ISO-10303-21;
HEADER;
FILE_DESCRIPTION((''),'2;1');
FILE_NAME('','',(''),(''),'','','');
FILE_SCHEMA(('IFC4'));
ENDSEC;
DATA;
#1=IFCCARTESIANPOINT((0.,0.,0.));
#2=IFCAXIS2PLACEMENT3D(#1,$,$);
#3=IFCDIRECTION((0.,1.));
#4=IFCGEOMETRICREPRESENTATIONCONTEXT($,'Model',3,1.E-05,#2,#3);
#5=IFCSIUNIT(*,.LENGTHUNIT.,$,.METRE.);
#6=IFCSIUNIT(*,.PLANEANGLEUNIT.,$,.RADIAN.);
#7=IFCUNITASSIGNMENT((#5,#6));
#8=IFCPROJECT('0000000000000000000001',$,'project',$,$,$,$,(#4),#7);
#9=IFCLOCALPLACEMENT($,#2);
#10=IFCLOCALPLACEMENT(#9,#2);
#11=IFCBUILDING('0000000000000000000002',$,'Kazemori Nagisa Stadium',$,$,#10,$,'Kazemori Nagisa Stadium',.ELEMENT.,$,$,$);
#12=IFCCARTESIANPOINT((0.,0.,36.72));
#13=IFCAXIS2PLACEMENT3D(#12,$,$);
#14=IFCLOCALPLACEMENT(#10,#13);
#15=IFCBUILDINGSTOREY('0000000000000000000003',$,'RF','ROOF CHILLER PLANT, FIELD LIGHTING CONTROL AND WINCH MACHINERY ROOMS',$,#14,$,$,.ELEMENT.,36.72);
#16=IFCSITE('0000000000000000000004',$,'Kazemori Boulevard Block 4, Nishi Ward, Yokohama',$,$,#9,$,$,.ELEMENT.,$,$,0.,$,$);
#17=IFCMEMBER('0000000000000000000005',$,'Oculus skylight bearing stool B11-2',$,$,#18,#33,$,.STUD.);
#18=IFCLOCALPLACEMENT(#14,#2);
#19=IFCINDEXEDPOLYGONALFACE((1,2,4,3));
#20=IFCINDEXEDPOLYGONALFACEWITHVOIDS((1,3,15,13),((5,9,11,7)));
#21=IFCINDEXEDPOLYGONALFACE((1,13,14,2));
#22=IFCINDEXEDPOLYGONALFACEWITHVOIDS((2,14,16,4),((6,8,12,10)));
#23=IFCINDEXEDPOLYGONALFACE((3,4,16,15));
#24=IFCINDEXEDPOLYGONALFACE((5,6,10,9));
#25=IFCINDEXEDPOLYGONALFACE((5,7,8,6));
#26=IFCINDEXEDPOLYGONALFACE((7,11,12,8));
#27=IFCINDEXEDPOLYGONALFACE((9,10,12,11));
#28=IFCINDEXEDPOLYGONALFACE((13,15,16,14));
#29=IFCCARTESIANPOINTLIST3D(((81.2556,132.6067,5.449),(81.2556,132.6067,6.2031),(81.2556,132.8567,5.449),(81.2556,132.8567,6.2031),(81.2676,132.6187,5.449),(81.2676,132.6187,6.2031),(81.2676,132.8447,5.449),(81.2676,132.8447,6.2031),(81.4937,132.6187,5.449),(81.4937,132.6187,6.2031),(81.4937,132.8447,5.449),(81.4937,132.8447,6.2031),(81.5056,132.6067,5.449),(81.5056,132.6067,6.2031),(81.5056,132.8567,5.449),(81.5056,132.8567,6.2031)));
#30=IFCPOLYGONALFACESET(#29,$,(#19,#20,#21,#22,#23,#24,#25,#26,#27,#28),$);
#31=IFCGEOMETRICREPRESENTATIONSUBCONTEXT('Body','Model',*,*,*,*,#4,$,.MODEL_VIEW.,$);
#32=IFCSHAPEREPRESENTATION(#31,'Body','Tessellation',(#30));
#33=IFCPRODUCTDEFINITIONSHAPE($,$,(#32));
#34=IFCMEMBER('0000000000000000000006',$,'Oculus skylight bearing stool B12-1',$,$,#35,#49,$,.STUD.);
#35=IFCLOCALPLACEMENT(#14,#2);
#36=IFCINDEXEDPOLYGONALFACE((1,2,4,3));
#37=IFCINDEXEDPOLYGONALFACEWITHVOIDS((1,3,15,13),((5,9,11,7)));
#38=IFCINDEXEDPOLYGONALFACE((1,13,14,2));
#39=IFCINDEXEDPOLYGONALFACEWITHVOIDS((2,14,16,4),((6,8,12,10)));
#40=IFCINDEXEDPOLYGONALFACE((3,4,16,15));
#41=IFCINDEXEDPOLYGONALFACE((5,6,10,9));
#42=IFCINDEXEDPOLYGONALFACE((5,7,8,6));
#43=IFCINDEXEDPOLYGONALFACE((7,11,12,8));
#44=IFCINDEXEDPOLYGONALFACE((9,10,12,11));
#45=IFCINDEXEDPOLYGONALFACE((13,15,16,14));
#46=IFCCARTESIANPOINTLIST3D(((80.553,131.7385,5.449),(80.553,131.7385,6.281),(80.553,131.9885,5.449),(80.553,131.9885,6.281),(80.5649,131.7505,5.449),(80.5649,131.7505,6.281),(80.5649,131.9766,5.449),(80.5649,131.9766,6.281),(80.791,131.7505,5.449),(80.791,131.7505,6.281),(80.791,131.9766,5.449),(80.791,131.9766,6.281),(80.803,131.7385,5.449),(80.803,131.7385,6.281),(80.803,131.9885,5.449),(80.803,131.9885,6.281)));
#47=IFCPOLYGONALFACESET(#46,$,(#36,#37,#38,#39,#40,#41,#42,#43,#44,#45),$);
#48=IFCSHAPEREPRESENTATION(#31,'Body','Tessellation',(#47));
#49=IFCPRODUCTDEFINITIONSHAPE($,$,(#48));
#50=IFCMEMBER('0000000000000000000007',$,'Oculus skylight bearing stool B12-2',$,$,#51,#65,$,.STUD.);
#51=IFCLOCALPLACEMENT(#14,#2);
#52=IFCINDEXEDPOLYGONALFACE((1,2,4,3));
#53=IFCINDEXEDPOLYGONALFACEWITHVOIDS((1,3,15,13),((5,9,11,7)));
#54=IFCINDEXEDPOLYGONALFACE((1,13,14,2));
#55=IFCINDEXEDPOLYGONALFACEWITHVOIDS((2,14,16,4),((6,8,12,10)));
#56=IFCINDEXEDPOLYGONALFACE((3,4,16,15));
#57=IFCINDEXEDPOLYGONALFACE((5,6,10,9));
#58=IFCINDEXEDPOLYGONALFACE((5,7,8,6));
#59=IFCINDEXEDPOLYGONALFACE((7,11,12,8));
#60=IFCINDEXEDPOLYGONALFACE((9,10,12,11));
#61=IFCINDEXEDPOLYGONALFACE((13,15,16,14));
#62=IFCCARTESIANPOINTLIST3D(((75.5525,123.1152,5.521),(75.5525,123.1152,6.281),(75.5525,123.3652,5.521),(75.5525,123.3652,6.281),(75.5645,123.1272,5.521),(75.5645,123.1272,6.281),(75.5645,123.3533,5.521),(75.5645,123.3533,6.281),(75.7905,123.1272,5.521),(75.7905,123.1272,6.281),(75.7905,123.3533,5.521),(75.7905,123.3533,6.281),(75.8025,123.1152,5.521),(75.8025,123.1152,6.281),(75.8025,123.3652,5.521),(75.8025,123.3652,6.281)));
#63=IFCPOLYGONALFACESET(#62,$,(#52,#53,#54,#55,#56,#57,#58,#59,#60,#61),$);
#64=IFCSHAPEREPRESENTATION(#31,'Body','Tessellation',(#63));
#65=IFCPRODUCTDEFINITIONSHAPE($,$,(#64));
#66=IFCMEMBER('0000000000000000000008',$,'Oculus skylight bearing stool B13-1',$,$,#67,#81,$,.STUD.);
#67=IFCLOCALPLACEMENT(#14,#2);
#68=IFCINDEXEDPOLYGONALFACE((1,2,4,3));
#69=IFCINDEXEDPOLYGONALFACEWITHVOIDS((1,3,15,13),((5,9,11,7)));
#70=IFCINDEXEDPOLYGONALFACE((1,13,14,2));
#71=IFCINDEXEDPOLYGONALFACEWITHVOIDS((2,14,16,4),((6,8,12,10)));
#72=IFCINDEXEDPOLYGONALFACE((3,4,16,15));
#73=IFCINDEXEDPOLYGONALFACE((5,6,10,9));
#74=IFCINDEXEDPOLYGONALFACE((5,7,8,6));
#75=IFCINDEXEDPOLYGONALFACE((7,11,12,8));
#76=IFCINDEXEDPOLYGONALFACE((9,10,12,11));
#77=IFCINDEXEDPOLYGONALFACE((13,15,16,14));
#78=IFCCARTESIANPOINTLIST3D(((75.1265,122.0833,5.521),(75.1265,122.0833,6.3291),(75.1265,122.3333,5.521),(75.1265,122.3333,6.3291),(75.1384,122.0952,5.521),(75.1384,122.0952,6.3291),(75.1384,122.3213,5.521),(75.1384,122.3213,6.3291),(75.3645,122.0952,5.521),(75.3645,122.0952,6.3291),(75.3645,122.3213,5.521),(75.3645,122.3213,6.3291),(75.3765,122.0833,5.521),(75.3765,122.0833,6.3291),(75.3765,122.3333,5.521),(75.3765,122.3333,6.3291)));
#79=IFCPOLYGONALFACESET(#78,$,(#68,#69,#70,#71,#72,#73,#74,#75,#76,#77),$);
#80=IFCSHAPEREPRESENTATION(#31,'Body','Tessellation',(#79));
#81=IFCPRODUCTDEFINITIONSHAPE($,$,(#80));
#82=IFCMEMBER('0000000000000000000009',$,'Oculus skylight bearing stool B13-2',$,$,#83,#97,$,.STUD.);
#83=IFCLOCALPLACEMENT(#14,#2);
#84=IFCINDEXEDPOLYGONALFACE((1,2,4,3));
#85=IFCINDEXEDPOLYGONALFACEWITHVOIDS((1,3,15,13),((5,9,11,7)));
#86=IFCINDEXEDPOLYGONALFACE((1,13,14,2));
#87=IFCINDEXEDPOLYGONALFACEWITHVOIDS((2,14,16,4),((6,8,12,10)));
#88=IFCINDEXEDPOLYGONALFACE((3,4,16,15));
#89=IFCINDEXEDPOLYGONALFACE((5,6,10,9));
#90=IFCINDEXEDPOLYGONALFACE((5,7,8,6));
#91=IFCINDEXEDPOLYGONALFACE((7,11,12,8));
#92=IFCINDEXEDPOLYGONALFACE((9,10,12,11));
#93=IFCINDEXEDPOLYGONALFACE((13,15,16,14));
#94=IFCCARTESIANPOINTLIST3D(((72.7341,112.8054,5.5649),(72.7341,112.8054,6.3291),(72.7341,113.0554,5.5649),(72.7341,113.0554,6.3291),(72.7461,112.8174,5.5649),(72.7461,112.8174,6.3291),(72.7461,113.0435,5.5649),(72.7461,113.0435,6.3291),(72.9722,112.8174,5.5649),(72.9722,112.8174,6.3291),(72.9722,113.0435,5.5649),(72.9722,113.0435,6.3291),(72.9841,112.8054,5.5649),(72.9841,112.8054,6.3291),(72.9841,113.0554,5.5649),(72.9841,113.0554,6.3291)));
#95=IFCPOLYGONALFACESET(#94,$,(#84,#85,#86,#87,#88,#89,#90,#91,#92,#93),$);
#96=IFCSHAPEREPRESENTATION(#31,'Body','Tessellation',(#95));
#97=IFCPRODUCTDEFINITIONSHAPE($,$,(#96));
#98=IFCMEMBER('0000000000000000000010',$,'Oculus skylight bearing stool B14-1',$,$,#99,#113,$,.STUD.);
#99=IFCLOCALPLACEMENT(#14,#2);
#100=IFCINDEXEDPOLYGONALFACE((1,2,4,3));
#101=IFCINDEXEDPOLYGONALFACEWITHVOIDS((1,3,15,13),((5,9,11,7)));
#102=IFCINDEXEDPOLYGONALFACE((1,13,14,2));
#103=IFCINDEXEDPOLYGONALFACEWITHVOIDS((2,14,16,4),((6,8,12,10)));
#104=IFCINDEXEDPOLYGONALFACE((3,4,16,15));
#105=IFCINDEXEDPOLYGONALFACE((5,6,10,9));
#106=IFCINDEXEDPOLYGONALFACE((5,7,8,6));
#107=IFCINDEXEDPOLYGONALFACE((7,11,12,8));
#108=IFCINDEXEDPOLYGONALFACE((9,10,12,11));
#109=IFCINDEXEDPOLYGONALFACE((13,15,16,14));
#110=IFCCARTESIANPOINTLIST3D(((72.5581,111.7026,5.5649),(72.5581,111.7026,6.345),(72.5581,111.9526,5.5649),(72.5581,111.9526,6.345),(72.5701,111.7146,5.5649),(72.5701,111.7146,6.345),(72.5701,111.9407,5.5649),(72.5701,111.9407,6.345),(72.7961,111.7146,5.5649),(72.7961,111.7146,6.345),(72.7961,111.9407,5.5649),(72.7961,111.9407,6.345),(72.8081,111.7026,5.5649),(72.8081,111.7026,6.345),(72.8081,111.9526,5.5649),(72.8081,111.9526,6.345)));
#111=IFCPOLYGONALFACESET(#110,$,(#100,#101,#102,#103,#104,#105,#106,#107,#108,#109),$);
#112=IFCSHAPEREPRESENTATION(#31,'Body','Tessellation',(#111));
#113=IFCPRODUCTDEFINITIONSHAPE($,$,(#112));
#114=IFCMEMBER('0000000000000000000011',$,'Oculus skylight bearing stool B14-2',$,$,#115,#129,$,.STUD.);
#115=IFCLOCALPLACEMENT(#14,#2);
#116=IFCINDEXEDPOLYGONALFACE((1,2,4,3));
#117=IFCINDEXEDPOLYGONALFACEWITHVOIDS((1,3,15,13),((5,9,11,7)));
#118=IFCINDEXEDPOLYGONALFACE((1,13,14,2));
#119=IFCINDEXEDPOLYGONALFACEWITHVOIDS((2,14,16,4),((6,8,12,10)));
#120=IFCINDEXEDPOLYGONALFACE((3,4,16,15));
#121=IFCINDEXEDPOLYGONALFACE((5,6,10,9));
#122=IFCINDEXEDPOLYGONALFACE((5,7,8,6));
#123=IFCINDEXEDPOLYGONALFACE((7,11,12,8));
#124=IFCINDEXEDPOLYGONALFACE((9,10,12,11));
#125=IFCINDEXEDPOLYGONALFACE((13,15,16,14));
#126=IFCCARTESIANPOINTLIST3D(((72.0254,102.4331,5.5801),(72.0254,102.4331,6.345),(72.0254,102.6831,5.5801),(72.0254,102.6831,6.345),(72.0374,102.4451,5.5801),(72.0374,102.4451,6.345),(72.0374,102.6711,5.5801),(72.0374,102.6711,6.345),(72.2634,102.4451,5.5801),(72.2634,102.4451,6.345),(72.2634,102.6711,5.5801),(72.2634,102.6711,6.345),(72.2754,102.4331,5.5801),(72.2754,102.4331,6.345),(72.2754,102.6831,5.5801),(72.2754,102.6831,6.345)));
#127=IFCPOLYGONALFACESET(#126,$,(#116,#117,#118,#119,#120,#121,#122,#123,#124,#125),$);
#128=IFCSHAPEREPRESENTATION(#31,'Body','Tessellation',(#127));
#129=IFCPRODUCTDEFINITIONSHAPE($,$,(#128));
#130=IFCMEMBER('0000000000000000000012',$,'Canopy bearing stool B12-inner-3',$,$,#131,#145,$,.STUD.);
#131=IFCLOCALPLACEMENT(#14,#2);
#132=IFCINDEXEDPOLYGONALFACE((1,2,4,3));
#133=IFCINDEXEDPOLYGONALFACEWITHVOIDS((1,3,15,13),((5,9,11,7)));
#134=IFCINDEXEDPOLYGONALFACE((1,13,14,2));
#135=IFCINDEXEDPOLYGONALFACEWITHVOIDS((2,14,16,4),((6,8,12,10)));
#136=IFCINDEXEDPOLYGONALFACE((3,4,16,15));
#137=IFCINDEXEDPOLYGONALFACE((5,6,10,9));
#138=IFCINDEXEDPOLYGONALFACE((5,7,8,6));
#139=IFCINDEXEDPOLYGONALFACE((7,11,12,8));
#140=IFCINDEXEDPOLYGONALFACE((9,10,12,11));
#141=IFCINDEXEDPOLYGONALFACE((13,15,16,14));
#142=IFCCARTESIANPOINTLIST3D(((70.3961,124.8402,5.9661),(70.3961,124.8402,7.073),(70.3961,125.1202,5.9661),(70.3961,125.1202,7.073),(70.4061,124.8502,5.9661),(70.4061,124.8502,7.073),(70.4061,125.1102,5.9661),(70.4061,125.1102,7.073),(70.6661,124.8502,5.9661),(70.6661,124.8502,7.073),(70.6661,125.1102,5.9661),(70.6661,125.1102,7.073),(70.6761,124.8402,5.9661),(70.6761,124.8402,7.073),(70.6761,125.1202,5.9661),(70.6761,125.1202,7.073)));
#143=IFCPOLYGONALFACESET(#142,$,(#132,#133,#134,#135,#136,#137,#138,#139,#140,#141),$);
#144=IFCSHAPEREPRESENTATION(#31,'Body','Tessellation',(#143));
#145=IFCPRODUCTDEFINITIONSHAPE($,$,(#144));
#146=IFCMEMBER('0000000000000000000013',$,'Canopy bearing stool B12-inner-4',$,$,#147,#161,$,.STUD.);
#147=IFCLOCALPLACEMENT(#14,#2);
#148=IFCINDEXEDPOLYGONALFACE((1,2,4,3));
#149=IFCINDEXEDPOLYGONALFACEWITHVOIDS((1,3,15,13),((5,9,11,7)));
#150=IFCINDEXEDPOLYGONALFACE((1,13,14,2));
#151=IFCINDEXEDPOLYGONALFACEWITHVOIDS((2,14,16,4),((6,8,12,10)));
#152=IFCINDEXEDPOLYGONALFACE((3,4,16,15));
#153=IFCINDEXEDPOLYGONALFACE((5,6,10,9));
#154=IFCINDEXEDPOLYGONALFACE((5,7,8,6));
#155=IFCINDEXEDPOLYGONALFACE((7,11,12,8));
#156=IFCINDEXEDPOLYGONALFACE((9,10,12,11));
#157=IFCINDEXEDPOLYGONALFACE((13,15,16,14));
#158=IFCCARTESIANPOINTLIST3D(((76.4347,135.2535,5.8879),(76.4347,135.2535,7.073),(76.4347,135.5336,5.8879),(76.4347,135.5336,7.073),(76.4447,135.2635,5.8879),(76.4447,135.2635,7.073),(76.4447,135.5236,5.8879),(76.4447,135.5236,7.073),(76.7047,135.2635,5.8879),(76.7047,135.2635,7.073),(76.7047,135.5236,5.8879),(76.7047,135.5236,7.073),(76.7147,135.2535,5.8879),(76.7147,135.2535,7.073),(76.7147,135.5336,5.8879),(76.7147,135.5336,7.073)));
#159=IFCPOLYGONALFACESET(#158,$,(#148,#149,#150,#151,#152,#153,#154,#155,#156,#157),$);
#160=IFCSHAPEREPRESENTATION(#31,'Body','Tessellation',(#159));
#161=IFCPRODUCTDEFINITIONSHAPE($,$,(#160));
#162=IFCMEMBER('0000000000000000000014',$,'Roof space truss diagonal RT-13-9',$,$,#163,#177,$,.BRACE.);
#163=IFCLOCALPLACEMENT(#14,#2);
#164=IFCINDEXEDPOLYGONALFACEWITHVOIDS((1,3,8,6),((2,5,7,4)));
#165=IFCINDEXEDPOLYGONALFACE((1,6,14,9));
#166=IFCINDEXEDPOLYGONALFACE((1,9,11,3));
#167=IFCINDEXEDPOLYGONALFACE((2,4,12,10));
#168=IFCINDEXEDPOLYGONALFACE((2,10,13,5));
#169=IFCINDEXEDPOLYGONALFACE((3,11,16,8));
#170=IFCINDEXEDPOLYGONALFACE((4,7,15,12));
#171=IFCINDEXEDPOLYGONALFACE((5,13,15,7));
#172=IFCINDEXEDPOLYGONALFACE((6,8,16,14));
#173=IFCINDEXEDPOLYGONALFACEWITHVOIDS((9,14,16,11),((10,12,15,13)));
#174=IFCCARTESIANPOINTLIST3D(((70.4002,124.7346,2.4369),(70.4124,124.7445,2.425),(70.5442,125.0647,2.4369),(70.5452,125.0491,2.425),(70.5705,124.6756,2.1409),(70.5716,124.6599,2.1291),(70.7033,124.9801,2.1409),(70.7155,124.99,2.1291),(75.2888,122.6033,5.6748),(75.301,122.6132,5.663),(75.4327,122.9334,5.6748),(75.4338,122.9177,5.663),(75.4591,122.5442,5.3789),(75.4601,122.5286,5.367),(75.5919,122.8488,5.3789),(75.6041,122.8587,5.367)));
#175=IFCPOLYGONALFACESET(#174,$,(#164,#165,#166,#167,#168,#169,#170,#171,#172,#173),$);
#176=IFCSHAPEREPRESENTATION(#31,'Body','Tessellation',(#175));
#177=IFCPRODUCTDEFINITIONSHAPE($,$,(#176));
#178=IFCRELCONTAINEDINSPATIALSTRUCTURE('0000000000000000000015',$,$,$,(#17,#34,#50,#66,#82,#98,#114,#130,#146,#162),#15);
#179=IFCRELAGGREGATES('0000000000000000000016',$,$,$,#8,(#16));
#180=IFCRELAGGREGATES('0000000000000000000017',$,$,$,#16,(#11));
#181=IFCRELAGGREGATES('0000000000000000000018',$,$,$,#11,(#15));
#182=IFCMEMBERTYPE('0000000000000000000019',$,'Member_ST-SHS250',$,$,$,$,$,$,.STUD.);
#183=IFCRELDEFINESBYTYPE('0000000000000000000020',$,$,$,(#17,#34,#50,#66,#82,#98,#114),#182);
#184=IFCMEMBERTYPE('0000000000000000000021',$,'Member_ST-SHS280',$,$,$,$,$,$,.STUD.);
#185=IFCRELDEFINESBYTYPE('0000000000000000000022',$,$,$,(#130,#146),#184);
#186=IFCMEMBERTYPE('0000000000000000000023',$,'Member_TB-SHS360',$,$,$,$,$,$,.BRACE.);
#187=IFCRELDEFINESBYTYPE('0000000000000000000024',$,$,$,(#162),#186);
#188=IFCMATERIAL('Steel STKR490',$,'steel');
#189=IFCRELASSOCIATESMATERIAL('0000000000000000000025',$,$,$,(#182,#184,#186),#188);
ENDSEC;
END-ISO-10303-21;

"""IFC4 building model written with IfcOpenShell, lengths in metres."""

from ifc_helpers import new_model, si_unit, direction, frame, origin, origin_2d, place, context, subcontext, project, spatial, hollow_rectangle, extrude, material, material_profile, profile_set, type_object, element, save


model = new_model("IFC4")

# Units and contexts
model_context = context("Model", 3, precision=1e-05, world=origin(), true_north=direction((0.0, 1.0)))
body_context = subcontext(model_context, "Body", "Model", "MODEL_VIEW")
ifc_project = project(units=[si_unit("LENGTHUNIT", "METRE"), si_unit("PLANEANGLEUNIT", "RADIAN")], contexts=[model_context])

# Site, building, storey
site_placement = place(None, origin())
site = spatial("IfcSite", under=ifc_project, at=site_placement, Name="Kazemori Boulevard Block 4, Nishi Ward, Yokohama", CompositionType="ELEMENT", RefElevation=0.0)
building_placement = place(site_placement, origin())
building = spatial("IfcBuilding", under=site, at=building_placement, Name="Kazemori Nagisa Stadium", LongName="Kazemori Nagisa Stadium", CompositionType="ELEMENT")
storey_placement = place(building_placement, frame((0.0, 0.0, 36.72)))
storey = spatial("IfcBuildingStorey", under=building, at=storey_placement, Name="RF", Description="ROOF CHILLER PLANT, FIELD LIGHTING CONTROL AND WINCH MACHINERY ROOMS", CompositionType="ELEMENT", Elevation=36.72)

# Members
ifc_material = material(Name="Steel STKR490", Category="steel")
ifc_material_profile_1 = material_profile(ifc_material, hollow_rectangle(XDim=0.25, YDim=0.25, WallThickness=0.012, at=origin_2d()), Name="SHS-250x250x12")
ifc_profile_set_1 = profile_set([ifc_material_profile_1], Name="Steel STKR490")
member_type_1 = type_object("IfcMemberType", Name="Member_ST-SHS250", PredefinedType="STUD", material=ifc_profile_set_1)
member_1_placement = place(storey_placement, frame((81.3806, 132.7317, 5.449), z_axis=(0.0, 0.0, 1.0), x_axis=(1.0, 0.0, 0.0)))
element("IfcMember", 1, at=member_1_placement, inside=storey, type_object=member_type_1, Name="Oculus skylight bearing stool B11-2", PredefinedType="STUD", context=body_context, shape_type="SweptSolid", body=[
    extrude(hollow_rectangle(XDim=0.25, YDim=0.25, WallThickness=0.012, at=origin_2d()), origin(), (0.0, 0.0, 1.0), 0.7542),
])
member_2_placement = place(storey_placement, frame((80.678, 131.8635, 5.449), z_axis=(0.0, 0.0, 1.0), x_axis=(1.0, 0.0, 0.0)))
element("IfcMember", 2, at=member_2_placement, inside=storey, type_object=member_type_1, Name="Oculus skylight bearing stool B12-1", PredefinedType="STUD", context=body_context, shape_type="SweptSolid", body=[
    extrude(hollow_rectangle(XDim=0.25, YDim=0.25, WallThickness=0.012, at=origin_2d()), origin(), (0.0, 0.0, 1.0), 0.832),
])
member_3_placement = place(storey_placement, frame((75.6775, 123.2402, 5.521), z_axis=(0.0, 0.0, 1.0), x_axis=(1.0, 0.0, 0.0)))
element("IfcMember", 3, at=member_3_placement, inside=storey, type_object=member_type_1, Name="Oculus skylight bearing stool B12-2", PredefinedType="STUD", context=body_context, shape_type="SweptSolid", body=[
    extrude(hollow_rectangle(XDim=0.25, YDim=0.25, WallThickness=0.012, at=origin_2d()), origin(), (0.0, 0.0, 1.0), 0.76),
])
member_4_placement = place(storey_placement, frame((75.2515, 122.2083, 5.521), z_axis=(0.0, 0.0, 1.0), x_axis=(1.0, 0.0, 0.0)))
element("IfcMember", 4, at=member_4_placement, inside=storey, type_object=member_type_1, Name="Oculus skylight bearing stool B13-1", PredefinedType="STUD", context=body_context, shape_type="SweptSolid", body=[
    extrude(hollow_rectangle(XDim=0.25, YDim=0.25, WallThickness=0.012, at=origin_2d()), origin(), (0.0, 0.0, 1.0), 0.8081),
])
member_5_placement = place(storey_placement, frame((72.8591, 112.9304, 5.5649), z_axis=(0.0, 0.0, 1.0), x_axis=(1.0, 0.0, 0.0)))
element("IfcMember", 5, at=member_5_placement, inside=storey, type_object=member_type_1, Name="Oculus skylight bearing stool B13-2", PredefinedType="STUD", context=body_context, shape_type="SweptSolid", body=[
    extrude(hollow_rectangle(XDim=0.25, YDim=0.25, WallThickness=0.012, at=origin_2d()), origin(), (0.0, 0.0, 1.0), 0.7642),
])
member_6_placement = place(storey_placement, frame((72.6831, 111.8276, 5.5649), z_axis=(0.0, 0.0, 1.0), x_axis=(1.0, 0.0, 0.0)))
element("IfcMember", 6, at=member_6_placement, inside=storey, type_object=member_type_1, Name="Oculus skylight bearing stool B14-1", PredefinedType="STUD", context=body_context, shape_type="SweptSolid", body=[
    extrude(hollow_rectangle(XDim=0.25, YDim=0.25, WallThickness=0.012, at=origin_2d()), origin(), (0.0, 0.0, 1.0), 0.78),
])
member_7_placement = place(storey_placement, frame((72.1504, 102.5581, 5.5801), z_axis=(0.0, 0.0, 1.0), x_axis=(1.0, 0.0, 0.0)))
element("IfcMember", 7, at=member_7_placement, inside=storey, type_object=member_type_1, Name="Oculus skylight bearing stool B14-2", PredefinedType="STUD", context=body_context, shape_type="SweptSolid", body=[
    extrude(hollow_rectangle(XDim=0.25, YDim=0.25, WallThickness=0.012, at=origin_2d()), origin(), (0.0, 0.0, 1.0), 0.7649),
])
ifc_material_profile_2 = material_profile(ifc_material, hollow_rectangle(XDim=0.28, YDim=0.28, WallThickness=0.01, at=origin_2d()), Name="SHS-280x280x10")
ifc_profile_set_2 = profile_set([ifc_material_profile_2], Name="Steel STKR490")
member_type_2 = type_object("IfcMemberType", Name="Member_ST-SHS280", PredefinedType="STUD", material=ifc_profile_set_2)
member_8_placement = place(storey_placement, frame((70.5361, 124.9802, 5.9661), z_axis=(0.0, 0.0, 1.0), x_axis=(1.0, 0.0, 0.0)))
element("IfcMember", 8, at=member_8_placement, inside=storey, type_object=member_type_2, Name="Canopy bearing stool B12-inner-3", PredefinedType="STUD", context=body_context, shape_type="SweptSolid", body=[
    extrude(hollow_rectangle(XDim=0.28, YDim=0.28, WallThickness=0.01, at=origin_2d()), origin(), (0.0, 0.0, 1.0), 1.1069),
])
member_9_placement = place(storey_placement, frame((76.5747, 135.3936, 5.8879), z_axis=(0.0, 0.0, 1.0), x_axis=(1.0, 0.0, 0.0)))
element("IfcMember", 9, at=member_9_placement, inside=storey, type_object=member_type_2, Name="Canopy bearing stool B12-inner-4", PredefinedType="STUD", context=body_context, shape_type="SweptSolid", body=[
    extrude(hollow_rectangle(XDim=0.28, YDim=0.28, WallThickness=0.01, at=origin_2d()), origin(), (0.0, 0.0, 1.0), 1.1851),
])
ifc_material_profile_3 = material_profile(ifc_material, hollow_rectangle(XDim=0.3601, YDim=0.3601, WallThickness=0.0139, at=origin_2d()), Name="SHS-360x360x14")
ifc_profile_set_3 = profile_set([ifc_material_profile_3], Name="Steel STKR490")
member_type_3 = type_object("IfcMemberType", Name="Member_TB-SHS360", PredefinedType="BRACE", material=ifc_profile_set_3)
member_10_placement = place(storey_placement, frame((70.5579, 124.8623, 2.283), z_axis=(0.783551, -0.34161, 0.518989), x_axis=(0.399647, 0.916669, 0.0)))
element("IfcMember", 10, at=member_10_placement, inside=storey, type_object=member_type_3, Name="Roof space truss diagonal RT-13-9", PredefinedType="BRACE", context=body_context, shape_type="SweptSolid", body=[
    extrude(hollow_rectangle(XDim=0.3601, YDim=0.3601, WallThickness=0.0139, at=origin_2d()), origin(), (0.0, 0.0, 1.0), 6.239),
])

save(model, "model.ifc")
